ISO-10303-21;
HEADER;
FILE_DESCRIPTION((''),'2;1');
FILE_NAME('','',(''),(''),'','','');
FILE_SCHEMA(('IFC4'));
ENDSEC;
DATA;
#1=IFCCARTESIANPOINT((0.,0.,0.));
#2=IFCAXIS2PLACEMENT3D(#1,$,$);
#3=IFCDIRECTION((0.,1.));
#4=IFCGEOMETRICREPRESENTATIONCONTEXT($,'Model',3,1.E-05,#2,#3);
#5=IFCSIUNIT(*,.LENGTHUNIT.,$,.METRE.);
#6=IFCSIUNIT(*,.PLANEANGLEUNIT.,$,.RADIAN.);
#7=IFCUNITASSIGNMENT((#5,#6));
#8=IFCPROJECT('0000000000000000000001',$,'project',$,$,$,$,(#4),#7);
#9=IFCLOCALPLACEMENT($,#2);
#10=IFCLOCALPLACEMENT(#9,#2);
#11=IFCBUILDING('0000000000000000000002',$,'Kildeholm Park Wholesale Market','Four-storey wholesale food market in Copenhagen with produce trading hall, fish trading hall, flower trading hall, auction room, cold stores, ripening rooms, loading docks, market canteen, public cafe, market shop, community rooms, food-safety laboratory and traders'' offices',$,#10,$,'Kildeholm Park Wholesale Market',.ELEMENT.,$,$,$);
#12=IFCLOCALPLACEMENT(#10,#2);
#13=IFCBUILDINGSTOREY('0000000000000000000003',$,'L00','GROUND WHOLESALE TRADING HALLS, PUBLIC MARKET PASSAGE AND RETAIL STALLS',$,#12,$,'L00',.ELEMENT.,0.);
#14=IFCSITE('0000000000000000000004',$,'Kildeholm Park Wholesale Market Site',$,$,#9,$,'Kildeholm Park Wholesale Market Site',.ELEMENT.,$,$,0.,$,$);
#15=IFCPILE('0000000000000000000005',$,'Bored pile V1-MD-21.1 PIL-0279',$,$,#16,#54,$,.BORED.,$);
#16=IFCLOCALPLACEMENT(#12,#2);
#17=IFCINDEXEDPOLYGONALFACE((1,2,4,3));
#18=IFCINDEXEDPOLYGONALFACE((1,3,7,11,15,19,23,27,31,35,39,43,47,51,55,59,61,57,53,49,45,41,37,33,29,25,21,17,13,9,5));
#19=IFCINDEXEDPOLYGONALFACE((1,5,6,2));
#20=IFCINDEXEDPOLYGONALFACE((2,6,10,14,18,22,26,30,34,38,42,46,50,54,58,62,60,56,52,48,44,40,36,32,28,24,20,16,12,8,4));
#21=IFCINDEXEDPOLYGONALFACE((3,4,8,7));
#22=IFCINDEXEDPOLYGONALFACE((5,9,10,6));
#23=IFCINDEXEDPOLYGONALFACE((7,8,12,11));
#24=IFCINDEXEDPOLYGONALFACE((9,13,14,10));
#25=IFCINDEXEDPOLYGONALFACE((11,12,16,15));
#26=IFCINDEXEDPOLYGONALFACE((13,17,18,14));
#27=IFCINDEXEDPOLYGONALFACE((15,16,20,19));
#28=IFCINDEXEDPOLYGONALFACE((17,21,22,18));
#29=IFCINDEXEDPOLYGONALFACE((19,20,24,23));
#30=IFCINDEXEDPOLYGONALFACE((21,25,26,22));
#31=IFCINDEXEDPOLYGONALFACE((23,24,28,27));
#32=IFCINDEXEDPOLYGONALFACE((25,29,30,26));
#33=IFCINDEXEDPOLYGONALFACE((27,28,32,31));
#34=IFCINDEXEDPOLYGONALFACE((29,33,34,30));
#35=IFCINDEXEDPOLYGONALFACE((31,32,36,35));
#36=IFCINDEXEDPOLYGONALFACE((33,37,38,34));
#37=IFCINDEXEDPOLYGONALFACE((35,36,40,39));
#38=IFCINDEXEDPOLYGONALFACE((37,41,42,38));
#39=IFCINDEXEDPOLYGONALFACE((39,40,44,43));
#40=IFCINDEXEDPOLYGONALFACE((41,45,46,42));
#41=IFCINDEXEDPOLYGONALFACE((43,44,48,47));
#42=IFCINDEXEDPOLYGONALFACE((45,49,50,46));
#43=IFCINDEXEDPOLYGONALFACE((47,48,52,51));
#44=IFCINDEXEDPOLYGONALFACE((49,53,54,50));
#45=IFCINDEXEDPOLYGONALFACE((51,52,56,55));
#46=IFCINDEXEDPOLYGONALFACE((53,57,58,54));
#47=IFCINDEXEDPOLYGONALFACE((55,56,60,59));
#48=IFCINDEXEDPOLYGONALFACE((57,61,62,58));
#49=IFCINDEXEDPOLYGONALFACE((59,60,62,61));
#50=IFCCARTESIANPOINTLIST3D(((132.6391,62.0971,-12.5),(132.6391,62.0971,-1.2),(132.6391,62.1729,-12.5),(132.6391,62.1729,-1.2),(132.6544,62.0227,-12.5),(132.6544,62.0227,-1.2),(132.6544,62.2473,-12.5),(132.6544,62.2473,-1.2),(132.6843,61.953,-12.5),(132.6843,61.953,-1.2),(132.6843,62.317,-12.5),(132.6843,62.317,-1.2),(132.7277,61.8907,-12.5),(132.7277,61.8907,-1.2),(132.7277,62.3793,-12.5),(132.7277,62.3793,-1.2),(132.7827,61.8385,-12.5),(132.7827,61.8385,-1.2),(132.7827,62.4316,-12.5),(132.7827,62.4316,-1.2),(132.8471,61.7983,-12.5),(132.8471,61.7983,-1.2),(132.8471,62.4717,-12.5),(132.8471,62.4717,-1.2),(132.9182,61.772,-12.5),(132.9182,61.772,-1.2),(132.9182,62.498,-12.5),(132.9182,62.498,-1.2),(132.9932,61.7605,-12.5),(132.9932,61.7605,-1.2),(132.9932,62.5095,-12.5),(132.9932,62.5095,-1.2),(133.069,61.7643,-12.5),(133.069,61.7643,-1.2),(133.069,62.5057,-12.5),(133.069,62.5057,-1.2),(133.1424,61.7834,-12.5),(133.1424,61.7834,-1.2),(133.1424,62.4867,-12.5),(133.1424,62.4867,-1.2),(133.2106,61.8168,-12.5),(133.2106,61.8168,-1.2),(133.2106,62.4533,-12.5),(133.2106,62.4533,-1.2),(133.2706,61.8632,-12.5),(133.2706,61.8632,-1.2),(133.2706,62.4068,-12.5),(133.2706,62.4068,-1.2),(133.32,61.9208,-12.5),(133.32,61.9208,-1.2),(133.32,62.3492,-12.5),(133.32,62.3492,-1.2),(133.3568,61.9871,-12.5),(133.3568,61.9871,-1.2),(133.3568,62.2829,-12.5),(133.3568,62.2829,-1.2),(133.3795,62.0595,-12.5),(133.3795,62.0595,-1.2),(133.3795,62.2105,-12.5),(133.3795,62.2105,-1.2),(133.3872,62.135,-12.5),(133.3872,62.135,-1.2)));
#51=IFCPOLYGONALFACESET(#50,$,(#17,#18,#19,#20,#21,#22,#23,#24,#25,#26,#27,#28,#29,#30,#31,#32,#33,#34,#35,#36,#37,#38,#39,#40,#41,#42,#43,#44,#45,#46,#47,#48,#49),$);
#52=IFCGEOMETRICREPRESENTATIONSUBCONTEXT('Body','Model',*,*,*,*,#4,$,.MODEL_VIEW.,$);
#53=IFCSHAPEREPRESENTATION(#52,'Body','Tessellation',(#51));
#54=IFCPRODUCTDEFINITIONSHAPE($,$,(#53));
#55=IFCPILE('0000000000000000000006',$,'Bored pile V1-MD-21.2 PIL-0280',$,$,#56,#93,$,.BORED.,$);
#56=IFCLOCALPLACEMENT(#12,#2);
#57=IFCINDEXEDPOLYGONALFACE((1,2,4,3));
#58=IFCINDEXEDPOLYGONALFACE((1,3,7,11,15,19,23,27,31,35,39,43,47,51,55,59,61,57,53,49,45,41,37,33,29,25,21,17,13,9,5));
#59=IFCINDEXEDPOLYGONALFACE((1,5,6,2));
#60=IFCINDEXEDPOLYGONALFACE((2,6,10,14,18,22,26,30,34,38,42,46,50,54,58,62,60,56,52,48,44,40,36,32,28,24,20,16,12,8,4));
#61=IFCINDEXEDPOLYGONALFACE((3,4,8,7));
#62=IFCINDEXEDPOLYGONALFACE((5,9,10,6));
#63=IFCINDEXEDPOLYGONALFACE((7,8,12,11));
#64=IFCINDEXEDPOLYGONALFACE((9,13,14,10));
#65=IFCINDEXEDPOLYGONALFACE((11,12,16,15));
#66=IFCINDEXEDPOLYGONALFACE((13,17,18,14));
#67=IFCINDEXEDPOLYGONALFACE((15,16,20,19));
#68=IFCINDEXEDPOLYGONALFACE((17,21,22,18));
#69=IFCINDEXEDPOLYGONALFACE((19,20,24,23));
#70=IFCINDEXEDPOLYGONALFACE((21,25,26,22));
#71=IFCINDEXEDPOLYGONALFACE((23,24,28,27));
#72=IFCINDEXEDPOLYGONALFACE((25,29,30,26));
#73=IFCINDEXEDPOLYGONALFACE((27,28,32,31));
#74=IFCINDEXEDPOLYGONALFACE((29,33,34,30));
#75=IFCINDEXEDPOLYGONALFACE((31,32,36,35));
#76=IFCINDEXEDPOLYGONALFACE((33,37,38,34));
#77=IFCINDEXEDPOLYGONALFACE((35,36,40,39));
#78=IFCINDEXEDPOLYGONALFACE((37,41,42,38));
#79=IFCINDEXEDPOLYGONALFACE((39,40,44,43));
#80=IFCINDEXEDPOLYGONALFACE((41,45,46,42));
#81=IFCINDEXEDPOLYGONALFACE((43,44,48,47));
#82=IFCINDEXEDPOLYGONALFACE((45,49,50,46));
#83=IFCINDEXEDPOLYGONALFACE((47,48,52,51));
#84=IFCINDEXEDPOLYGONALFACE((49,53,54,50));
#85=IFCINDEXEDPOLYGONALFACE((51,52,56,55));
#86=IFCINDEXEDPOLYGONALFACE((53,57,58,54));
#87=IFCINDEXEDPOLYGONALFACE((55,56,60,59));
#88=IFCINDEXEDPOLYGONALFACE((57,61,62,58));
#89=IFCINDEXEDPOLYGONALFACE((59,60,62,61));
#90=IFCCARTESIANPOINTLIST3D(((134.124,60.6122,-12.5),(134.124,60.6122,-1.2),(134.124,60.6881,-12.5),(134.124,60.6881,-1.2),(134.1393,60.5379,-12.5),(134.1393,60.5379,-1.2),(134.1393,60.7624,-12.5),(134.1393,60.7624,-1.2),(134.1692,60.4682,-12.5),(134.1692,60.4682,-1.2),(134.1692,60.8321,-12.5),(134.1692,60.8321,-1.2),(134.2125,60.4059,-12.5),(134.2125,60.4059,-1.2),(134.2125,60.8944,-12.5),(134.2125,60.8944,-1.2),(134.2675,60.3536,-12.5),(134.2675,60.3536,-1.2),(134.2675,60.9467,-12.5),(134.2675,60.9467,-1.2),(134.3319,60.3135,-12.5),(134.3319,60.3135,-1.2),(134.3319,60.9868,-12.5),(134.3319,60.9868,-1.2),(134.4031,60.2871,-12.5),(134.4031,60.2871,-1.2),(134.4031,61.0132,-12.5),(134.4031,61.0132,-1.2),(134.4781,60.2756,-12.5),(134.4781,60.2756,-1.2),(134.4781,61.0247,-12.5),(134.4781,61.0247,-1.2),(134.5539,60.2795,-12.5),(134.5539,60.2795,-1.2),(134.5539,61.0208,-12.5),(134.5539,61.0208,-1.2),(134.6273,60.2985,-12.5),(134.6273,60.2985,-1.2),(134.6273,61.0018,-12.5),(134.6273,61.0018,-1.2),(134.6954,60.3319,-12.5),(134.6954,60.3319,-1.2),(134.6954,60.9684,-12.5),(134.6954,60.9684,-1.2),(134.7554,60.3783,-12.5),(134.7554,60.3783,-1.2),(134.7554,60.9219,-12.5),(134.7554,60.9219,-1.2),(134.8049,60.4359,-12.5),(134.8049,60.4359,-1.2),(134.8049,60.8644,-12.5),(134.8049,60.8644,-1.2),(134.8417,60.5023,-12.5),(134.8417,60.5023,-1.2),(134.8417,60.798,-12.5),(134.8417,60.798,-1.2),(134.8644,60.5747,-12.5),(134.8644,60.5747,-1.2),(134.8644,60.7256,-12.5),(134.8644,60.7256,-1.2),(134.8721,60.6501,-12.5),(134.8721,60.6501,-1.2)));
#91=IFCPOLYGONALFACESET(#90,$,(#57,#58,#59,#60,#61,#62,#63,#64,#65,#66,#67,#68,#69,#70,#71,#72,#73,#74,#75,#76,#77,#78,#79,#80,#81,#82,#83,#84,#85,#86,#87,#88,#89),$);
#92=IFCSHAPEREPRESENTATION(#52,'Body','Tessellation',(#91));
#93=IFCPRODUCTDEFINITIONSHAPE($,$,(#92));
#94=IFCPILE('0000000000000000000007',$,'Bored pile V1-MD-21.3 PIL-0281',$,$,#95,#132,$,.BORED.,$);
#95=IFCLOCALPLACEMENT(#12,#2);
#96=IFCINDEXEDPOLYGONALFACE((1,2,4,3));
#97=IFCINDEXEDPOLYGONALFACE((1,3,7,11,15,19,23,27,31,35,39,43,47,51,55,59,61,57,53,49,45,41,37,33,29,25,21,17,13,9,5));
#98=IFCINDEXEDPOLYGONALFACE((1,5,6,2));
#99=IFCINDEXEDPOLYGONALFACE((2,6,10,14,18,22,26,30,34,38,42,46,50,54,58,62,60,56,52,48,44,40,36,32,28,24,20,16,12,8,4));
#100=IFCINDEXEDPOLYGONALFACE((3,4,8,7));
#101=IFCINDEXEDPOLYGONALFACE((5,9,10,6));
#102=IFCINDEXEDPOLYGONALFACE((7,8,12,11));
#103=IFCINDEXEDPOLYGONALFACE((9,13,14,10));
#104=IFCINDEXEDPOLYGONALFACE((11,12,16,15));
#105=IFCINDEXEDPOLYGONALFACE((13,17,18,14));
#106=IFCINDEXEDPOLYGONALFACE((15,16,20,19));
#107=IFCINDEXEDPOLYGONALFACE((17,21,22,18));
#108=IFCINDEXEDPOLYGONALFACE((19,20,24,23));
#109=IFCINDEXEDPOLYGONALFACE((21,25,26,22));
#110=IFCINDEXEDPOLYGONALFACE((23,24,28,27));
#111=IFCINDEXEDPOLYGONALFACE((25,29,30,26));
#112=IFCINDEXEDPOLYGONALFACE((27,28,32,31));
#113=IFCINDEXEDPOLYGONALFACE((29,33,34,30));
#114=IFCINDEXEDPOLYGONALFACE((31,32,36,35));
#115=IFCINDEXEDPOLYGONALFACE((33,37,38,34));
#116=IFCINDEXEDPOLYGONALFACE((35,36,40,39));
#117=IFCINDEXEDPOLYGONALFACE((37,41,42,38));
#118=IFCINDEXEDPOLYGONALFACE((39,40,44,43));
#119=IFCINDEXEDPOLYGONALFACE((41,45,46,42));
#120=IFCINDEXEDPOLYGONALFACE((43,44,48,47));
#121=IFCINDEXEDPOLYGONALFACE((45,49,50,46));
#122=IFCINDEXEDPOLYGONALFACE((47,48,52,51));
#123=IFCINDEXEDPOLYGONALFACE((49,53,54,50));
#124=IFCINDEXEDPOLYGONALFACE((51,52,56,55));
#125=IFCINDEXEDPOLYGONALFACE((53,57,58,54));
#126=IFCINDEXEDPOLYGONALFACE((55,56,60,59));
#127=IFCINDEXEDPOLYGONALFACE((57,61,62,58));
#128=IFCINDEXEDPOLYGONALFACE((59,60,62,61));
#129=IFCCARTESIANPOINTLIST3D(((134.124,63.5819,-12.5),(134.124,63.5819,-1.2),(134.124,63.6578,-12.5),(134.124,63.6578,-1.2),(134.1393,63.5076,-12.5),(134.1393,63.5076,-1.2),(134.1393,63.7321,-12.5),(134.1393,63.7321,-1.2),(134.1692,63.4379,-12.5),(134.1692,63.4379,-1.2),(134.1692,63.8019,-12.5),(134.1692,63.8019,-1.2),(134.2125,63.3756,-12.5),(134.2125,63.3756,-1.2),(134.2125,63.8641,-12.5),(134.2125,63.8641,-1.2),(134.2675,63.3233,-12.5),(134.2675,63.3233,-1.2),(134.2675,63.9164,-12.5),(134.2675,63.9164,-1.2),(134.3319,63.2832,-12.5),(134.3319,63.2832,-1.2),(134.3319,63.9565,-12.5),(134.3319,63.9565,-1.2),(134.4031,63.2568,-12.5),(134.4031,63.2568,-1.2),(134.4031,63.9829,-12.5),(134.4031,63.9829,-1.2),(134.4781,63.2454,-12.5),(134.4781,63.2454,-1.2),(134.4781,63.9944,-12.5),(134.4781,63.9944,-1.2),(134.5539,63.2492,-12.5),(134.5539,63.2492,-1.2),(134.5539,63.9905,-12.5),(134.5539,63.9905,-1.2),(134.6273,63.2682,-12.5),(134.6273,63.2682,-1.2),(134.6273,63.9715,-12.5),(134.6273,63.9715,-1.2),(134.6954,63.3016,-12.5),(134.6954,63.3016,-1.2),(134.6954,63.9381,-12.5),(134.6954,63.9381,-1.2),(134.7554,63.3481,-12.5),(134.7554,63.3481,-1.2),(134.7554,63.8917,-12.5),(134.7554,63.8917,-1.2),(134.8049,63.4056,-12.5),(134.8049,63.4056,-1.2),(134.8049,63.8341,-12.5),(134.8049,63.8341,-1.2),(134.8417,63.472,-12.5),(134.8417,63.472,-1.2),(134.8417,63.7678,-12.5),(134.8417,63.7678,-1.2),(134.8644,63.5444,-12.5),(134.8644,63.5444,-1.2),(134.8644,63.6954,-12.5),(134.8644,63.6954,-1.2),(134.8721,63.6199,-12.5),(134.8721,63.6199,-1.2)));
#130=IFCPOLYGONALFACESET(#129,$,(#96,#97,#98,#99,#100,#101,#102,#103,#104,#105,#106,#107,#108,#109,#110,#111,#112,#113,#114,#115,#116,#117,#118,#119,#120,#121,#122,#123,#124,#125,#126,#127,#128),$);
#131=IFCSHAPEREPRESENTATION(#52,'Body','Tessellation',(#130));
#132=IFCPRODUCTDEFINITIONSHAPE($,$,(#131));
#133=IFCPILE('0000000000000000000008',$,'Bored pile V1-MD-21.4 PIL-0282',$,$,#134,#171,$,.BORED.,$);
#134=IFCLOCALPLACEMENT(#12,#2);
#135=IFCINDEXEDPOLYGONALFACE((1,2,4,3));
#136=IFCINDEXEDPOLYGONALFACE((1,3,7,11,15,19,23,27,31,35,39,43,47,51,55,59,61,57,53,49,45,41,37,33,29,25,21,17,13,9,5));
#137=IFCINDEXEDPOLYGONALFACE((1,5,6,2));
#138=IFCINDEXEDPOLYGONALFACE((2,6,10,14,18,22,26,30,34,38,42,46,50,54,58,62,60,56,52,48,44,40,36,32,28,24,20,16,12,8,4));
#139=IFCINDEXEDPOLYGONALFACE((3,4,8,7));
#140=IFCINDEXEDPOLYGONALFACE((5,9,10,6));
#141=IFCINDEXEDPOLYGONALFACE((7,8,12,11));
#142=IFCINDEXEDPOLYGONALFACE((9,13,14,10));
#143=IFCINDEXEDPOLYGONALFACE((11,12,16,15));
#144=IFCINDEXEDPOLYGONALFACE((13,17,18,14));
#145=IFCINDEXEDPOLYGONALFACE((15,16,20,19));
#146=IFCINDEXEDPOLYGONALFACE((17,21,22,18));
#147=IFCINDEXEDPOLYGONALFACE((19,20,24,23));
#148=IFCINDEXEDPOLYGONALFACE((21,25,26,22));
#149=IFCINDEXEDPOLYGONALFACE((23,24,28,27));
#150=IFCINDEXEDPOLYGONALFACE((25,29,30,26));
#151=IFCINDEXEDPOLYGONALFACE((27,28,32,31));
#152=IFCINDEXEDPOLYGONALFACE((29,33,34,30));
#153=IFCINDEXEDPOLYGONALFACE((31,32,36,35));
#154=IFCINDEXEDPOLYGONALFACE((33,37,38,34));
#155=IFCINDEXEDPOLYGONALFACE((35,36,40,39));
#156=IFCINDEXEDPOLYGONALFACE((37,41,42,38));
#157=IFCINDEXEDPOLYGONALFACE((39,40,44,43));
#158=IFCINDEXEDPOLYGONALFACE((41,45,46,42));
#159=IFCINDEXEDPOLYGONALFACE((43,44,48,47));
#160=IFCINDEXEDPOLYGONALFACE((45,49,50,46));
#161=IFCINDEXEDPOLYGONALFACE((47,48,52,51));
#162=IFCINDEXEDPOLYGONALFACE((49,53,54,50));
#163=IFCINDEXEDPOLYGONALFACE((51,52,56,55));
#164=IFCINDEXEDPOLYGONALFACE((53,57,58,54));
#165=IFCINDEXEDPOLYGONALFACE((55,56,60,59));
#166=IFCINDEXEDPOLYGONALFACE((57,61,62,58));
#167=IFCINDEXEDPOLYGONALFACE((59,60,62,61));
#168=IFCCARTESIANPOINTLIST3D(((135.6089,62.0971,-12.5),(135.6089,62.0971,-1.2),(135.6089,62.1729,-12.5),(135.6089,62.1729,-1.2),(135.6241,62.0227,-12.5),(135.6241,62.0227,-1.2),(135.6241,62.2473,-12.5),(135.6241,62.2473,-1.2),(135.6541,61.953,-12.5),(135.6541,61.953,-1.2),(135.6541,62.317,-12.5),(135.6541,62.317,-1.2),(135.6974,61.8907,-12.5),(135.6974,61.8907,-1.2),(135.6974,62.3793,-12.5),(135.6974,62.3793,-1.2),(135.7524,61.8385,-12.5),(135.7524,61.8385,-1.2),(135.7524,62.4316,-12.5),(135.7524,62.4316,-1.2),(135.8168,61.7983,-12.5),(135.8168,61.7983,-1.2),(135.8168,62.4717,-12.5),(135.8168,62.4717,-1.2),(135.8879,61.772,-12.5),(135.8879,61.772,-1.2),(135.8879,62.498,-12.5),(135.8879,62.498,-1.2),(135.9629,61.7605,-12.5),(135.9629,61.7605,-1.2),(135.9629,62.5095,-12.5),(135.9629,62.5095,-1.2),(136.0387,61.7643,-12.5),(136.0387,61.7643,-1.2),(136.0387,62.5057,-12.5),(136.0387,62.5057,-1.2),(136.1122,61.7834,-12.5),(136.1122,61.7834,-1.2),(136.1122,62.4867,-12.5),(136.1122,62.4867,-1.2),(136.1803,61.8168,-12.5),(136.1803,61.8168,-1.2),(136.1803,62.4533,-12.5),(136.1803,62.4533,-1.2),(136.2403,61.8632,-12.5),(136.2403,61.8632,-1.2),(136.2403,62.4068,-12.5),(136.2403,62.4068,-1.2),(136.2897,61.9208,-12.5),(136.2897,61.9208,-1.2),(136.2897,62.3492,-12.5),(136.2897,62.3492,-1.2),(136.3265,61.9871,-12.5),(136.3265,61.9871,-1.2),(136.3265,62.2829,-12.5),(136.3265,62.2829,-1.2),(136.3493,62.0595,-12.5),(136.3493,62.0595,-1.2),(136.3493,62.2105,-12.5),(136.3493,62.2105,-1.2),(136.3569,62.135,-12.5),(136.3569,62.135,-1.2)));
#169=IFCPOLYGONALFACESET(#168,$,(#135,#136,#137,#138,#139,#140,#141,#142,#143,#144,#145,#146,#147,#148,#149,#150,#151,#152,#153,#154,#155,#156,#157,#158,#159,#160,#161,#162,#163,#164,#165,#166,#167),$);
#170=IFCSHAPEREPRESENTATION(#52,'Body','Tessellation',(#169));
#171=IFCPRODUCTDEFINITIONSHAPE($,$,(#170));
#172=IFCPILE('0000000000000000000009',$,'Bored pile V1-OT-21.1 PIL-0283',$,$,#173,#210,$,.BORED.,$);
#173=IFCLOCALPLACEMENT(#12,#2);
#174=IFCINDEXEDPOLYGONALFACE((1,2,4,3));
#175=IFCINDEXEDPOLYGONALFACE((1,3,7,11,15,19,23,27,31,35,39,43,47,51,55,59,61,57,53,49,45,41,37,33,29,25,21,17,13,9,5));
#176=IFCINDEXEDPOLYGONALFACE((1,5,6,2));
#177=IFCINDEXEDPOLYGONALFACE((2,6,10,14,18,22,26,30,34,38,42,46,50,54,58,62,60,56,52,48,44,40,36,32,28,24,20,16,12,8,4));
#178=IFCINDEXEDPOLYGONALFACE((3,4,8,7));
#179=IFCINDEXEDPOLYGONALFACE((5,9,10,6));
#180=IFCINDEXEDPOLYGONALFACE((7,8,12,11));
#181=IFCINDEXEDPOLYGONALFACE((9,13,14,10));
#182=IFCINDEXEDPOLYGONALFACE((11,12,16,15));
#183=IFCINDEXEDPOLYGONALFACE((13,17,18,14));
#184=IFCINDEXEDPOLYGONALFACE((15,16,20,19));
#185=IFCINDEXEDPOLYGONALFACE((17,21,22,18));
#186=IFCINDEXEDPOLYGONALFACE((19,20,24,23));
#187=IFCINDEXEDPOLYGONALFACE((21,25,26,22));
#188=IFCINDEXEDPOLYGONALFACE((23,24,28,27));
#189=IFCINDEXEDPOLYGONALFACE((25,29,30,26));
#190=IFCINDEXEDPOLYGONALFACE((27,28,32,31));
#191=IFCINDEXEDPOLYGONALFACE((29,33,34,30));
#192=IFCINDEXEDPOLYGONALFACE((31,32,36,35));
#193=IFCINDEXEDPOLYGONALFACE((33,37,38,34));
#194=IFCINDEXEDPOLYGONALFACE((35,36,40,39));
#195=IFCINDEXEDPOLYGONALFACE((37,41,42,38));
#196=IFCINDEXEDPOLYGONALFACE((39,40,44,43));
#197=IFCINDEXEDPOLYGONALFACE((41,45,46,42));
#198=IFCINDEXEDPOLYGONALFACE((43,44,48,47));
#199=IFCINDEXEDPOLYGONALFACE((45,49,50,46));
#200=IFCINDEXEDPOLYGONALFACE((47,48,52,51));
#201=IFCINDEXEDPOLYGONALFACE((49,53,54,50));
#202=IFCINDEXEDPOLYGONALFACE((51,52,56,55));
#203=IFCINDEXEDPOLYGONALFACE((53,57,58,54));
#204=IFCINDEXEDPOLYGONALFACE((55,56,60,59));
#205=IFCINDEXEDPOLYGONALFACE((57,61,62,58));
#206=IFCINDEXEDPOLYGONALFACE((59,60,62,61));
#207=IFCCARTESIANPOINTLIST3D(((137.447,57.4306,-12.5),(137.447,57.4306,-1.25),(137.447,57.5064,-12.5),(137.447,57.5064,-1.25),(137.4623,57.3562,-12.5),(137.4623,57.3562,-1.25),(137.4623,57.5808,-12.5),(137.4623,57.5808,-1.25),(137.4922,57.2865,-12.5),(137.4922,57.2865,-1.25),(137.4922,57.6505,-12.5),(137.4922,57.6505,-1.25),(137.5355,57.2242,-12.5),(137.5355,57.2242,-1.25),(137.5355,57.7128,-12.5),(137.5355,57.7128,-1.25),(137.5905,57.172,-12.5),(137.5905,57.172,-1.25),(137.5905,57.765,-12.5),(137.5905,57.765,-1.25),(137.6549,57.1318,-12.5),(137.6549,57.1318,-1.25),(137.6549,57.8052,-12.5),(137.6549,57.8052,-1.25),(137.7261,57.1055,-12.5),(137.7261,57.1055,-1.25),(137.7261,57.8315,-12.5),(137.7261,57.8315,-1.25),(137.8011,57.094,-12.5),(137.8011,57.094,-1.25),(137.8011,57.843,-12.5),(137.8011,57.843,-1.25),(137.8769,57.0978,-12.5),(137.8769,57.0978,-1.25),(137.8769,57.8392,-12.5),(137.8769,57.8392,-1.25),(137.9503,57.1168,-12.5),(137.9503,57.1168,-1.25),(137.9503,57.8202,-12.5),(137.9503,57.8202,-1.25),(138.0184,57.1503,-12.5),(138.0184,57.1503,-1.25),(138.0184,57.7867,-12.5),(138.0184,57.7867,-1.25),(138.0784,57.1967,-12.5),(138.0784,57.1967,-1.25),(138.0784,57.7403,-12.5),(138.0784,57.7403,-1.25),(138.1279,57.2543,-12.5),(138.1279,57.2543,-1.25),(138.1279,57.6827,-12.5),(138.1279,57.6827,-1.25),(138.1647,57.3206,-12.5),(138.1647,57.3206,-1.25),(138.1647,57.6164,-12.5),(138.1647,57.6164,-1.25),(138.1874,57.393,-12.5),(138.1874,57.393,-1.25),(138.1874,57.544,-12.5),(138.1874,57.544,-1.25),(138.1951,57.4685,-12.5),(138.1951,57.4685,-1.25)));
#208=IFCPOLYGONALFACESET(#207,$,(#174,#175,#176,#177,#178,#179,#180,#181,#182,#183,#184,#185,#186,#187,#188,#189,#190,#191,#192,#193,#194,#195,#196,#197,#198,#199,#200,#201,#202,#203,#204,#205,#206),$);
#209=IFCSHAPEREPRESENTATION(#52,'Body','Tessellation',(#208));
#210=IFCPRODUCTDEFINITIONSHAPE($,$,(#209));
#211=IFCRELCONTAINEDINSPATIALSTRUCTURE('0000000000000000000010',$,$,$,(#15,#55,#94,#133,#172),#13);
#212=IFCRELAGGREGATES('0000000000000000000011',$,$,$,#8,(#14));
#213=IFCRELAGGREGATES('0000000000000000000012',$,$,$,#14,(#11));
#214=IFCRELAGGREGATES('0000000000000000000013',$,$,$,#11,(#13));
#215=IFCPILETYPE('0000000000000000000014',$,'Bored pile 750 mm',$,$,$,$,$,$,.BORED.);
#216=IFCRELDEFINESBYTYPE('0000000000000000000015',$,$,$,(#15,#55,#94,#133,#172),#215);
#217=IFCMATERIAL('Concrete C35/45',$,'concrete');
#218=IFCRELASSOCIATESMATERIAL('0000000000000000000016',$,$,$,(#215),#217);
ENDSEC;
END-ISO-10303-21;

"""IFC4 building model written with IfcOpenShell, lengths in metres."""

from ifc_helpers import new_model, si_unit, direction, frame, origin, origin_2d, place, context, subcontext, project, spatial, circle, extrude, material, material_profile, profile_set, type_object, element, save


model = new_model("IFC4")

# Units and contexts
model_context = context("Model", 3, precision=1e-05, world=origin(), true_north=direction((0.0, 1.0)))
body_context = subcontext(model_context, "Body", "Model", "MODEL_VIEW")
ifc_project = project(units=[si_unit("LENGTHUNIT", "METRE"), si_unit("PLANEANGLEUNIT", "RADIAN")], contexts=[model_context])

# Site, building, storey
site_placement = place(None, origin())
site = spatial("IfcSite", under=ifc_project, at=site_placement, Name="Kildeholm Park Wholesale Market Site", LongName="Kildeholm Park Wholesale Market Site", CompositionType="ELEMENT", RefElevation=0.0)
building_placement = place(site_placement, origin())
building = spatial("IfcBuilding", under=site, at=building_placement, Name="Kildeholm Park Wholesale Market", Description="Four-storey wholesale food market in Copenhagen with produce trading hall, fish trading hall, flower trading hall, auction room, cold stores, ripening rooms, loading docks, market canteen, public cafe, market shop, community rooms, food-safety laboratory and traders' offices", LongName="Kildeholm Park Wholesale Market", CompositionType="ELEMENT")
storey_placement = place(building_placement, origin())
storey = spatial("IfcBuildingStorey", under=building, at=storey_placement, Name="L00", Description="GROUND WHOLESALE TRADING HALLS, PUBLIC MARKET PASSAGE AND RETAIL STALLS", LongName="L00", CompositionType="ELEMENT", Elevation=0.0)

# Piles
ifc_material_1 = material(Name="Concrete C35/45", Category="concrete")
ifc_material_profile_1 = material_profile(ifc_material_1, circle(Radius=0.375, at=origin_2d()), Name="PILE D750")
ifc_profile_set_1 = profile_set([ifc_material_profile_1], Name="Concrete C35/45")
pile_type = type_object("IfcPileType", Name="Bored pile 750 mm", PredefinedType="BORED", material=ifc_profile_set_1)
for number, where, z_axis, x_axis, name in (
    (1, (133.0122, 62.135, -1.2), (0.0, 0.0, -1.0), (1.0, 0.0, 0.0), "Bored pile V1-MD-21.1 PIL-0279"),
    (2, (134.4971, 60.6501, -1.2), (0.0, 0.0, -1.0), (1.0, 0.0, 0.0), "Bored pile V1-MD-21.2 PIL-0280"),
    (3, (134.4971, 63.6199, -1.2), (0.0, 0.0, -1.0), (1.0, 0.0, 0.0), "Bored pile V1-MD-21.3 PIL-0281"),
    (4, (135.9819, 62.135, -1.2), (0.0, 0.0, -1.0), (1.0, 0.0, 0.0), "Bored pile V1-MD-21.4 PIL-0282"),
):
    element("IfcPile", number, at=place(storey_placement, frame(where, z_axis=z_axis, x_axis=x_axis)), inside=storey, type_object=pile_type, Name=name, PredefinedType="BORED", context=body_context, shape_type="SweptSolid", body=[
        extrude(circle(Radius=0.375, at=origin_2d()), origin(), (0.0, 0.0, 1.0), 11.3),
    ])
for number, where, z_axis, x_axis, name in (
    (5, (137.8201, 57.4685, -1.25), (0.0, 0.0, -1.0), (1.0, 0.0, 0.0), "Bored pile V1-OT-21.1 PIL-0283"),
):
    element("IfcPile", number, at=place(storey_placement, frame(where, z_axis=z_axis, x_axis=x_axis)), inside=storey, type_object=pile_type, Name=name, PredefinedType="BORED", context=body_context, shape_type="SweptSolid", body=[
        extrude(circle(Radius=0.375, at=origin_2d()), origin(), (0.0, 0.0, 1.0), 11.25),
    ])

save(model, "model.ifc")
